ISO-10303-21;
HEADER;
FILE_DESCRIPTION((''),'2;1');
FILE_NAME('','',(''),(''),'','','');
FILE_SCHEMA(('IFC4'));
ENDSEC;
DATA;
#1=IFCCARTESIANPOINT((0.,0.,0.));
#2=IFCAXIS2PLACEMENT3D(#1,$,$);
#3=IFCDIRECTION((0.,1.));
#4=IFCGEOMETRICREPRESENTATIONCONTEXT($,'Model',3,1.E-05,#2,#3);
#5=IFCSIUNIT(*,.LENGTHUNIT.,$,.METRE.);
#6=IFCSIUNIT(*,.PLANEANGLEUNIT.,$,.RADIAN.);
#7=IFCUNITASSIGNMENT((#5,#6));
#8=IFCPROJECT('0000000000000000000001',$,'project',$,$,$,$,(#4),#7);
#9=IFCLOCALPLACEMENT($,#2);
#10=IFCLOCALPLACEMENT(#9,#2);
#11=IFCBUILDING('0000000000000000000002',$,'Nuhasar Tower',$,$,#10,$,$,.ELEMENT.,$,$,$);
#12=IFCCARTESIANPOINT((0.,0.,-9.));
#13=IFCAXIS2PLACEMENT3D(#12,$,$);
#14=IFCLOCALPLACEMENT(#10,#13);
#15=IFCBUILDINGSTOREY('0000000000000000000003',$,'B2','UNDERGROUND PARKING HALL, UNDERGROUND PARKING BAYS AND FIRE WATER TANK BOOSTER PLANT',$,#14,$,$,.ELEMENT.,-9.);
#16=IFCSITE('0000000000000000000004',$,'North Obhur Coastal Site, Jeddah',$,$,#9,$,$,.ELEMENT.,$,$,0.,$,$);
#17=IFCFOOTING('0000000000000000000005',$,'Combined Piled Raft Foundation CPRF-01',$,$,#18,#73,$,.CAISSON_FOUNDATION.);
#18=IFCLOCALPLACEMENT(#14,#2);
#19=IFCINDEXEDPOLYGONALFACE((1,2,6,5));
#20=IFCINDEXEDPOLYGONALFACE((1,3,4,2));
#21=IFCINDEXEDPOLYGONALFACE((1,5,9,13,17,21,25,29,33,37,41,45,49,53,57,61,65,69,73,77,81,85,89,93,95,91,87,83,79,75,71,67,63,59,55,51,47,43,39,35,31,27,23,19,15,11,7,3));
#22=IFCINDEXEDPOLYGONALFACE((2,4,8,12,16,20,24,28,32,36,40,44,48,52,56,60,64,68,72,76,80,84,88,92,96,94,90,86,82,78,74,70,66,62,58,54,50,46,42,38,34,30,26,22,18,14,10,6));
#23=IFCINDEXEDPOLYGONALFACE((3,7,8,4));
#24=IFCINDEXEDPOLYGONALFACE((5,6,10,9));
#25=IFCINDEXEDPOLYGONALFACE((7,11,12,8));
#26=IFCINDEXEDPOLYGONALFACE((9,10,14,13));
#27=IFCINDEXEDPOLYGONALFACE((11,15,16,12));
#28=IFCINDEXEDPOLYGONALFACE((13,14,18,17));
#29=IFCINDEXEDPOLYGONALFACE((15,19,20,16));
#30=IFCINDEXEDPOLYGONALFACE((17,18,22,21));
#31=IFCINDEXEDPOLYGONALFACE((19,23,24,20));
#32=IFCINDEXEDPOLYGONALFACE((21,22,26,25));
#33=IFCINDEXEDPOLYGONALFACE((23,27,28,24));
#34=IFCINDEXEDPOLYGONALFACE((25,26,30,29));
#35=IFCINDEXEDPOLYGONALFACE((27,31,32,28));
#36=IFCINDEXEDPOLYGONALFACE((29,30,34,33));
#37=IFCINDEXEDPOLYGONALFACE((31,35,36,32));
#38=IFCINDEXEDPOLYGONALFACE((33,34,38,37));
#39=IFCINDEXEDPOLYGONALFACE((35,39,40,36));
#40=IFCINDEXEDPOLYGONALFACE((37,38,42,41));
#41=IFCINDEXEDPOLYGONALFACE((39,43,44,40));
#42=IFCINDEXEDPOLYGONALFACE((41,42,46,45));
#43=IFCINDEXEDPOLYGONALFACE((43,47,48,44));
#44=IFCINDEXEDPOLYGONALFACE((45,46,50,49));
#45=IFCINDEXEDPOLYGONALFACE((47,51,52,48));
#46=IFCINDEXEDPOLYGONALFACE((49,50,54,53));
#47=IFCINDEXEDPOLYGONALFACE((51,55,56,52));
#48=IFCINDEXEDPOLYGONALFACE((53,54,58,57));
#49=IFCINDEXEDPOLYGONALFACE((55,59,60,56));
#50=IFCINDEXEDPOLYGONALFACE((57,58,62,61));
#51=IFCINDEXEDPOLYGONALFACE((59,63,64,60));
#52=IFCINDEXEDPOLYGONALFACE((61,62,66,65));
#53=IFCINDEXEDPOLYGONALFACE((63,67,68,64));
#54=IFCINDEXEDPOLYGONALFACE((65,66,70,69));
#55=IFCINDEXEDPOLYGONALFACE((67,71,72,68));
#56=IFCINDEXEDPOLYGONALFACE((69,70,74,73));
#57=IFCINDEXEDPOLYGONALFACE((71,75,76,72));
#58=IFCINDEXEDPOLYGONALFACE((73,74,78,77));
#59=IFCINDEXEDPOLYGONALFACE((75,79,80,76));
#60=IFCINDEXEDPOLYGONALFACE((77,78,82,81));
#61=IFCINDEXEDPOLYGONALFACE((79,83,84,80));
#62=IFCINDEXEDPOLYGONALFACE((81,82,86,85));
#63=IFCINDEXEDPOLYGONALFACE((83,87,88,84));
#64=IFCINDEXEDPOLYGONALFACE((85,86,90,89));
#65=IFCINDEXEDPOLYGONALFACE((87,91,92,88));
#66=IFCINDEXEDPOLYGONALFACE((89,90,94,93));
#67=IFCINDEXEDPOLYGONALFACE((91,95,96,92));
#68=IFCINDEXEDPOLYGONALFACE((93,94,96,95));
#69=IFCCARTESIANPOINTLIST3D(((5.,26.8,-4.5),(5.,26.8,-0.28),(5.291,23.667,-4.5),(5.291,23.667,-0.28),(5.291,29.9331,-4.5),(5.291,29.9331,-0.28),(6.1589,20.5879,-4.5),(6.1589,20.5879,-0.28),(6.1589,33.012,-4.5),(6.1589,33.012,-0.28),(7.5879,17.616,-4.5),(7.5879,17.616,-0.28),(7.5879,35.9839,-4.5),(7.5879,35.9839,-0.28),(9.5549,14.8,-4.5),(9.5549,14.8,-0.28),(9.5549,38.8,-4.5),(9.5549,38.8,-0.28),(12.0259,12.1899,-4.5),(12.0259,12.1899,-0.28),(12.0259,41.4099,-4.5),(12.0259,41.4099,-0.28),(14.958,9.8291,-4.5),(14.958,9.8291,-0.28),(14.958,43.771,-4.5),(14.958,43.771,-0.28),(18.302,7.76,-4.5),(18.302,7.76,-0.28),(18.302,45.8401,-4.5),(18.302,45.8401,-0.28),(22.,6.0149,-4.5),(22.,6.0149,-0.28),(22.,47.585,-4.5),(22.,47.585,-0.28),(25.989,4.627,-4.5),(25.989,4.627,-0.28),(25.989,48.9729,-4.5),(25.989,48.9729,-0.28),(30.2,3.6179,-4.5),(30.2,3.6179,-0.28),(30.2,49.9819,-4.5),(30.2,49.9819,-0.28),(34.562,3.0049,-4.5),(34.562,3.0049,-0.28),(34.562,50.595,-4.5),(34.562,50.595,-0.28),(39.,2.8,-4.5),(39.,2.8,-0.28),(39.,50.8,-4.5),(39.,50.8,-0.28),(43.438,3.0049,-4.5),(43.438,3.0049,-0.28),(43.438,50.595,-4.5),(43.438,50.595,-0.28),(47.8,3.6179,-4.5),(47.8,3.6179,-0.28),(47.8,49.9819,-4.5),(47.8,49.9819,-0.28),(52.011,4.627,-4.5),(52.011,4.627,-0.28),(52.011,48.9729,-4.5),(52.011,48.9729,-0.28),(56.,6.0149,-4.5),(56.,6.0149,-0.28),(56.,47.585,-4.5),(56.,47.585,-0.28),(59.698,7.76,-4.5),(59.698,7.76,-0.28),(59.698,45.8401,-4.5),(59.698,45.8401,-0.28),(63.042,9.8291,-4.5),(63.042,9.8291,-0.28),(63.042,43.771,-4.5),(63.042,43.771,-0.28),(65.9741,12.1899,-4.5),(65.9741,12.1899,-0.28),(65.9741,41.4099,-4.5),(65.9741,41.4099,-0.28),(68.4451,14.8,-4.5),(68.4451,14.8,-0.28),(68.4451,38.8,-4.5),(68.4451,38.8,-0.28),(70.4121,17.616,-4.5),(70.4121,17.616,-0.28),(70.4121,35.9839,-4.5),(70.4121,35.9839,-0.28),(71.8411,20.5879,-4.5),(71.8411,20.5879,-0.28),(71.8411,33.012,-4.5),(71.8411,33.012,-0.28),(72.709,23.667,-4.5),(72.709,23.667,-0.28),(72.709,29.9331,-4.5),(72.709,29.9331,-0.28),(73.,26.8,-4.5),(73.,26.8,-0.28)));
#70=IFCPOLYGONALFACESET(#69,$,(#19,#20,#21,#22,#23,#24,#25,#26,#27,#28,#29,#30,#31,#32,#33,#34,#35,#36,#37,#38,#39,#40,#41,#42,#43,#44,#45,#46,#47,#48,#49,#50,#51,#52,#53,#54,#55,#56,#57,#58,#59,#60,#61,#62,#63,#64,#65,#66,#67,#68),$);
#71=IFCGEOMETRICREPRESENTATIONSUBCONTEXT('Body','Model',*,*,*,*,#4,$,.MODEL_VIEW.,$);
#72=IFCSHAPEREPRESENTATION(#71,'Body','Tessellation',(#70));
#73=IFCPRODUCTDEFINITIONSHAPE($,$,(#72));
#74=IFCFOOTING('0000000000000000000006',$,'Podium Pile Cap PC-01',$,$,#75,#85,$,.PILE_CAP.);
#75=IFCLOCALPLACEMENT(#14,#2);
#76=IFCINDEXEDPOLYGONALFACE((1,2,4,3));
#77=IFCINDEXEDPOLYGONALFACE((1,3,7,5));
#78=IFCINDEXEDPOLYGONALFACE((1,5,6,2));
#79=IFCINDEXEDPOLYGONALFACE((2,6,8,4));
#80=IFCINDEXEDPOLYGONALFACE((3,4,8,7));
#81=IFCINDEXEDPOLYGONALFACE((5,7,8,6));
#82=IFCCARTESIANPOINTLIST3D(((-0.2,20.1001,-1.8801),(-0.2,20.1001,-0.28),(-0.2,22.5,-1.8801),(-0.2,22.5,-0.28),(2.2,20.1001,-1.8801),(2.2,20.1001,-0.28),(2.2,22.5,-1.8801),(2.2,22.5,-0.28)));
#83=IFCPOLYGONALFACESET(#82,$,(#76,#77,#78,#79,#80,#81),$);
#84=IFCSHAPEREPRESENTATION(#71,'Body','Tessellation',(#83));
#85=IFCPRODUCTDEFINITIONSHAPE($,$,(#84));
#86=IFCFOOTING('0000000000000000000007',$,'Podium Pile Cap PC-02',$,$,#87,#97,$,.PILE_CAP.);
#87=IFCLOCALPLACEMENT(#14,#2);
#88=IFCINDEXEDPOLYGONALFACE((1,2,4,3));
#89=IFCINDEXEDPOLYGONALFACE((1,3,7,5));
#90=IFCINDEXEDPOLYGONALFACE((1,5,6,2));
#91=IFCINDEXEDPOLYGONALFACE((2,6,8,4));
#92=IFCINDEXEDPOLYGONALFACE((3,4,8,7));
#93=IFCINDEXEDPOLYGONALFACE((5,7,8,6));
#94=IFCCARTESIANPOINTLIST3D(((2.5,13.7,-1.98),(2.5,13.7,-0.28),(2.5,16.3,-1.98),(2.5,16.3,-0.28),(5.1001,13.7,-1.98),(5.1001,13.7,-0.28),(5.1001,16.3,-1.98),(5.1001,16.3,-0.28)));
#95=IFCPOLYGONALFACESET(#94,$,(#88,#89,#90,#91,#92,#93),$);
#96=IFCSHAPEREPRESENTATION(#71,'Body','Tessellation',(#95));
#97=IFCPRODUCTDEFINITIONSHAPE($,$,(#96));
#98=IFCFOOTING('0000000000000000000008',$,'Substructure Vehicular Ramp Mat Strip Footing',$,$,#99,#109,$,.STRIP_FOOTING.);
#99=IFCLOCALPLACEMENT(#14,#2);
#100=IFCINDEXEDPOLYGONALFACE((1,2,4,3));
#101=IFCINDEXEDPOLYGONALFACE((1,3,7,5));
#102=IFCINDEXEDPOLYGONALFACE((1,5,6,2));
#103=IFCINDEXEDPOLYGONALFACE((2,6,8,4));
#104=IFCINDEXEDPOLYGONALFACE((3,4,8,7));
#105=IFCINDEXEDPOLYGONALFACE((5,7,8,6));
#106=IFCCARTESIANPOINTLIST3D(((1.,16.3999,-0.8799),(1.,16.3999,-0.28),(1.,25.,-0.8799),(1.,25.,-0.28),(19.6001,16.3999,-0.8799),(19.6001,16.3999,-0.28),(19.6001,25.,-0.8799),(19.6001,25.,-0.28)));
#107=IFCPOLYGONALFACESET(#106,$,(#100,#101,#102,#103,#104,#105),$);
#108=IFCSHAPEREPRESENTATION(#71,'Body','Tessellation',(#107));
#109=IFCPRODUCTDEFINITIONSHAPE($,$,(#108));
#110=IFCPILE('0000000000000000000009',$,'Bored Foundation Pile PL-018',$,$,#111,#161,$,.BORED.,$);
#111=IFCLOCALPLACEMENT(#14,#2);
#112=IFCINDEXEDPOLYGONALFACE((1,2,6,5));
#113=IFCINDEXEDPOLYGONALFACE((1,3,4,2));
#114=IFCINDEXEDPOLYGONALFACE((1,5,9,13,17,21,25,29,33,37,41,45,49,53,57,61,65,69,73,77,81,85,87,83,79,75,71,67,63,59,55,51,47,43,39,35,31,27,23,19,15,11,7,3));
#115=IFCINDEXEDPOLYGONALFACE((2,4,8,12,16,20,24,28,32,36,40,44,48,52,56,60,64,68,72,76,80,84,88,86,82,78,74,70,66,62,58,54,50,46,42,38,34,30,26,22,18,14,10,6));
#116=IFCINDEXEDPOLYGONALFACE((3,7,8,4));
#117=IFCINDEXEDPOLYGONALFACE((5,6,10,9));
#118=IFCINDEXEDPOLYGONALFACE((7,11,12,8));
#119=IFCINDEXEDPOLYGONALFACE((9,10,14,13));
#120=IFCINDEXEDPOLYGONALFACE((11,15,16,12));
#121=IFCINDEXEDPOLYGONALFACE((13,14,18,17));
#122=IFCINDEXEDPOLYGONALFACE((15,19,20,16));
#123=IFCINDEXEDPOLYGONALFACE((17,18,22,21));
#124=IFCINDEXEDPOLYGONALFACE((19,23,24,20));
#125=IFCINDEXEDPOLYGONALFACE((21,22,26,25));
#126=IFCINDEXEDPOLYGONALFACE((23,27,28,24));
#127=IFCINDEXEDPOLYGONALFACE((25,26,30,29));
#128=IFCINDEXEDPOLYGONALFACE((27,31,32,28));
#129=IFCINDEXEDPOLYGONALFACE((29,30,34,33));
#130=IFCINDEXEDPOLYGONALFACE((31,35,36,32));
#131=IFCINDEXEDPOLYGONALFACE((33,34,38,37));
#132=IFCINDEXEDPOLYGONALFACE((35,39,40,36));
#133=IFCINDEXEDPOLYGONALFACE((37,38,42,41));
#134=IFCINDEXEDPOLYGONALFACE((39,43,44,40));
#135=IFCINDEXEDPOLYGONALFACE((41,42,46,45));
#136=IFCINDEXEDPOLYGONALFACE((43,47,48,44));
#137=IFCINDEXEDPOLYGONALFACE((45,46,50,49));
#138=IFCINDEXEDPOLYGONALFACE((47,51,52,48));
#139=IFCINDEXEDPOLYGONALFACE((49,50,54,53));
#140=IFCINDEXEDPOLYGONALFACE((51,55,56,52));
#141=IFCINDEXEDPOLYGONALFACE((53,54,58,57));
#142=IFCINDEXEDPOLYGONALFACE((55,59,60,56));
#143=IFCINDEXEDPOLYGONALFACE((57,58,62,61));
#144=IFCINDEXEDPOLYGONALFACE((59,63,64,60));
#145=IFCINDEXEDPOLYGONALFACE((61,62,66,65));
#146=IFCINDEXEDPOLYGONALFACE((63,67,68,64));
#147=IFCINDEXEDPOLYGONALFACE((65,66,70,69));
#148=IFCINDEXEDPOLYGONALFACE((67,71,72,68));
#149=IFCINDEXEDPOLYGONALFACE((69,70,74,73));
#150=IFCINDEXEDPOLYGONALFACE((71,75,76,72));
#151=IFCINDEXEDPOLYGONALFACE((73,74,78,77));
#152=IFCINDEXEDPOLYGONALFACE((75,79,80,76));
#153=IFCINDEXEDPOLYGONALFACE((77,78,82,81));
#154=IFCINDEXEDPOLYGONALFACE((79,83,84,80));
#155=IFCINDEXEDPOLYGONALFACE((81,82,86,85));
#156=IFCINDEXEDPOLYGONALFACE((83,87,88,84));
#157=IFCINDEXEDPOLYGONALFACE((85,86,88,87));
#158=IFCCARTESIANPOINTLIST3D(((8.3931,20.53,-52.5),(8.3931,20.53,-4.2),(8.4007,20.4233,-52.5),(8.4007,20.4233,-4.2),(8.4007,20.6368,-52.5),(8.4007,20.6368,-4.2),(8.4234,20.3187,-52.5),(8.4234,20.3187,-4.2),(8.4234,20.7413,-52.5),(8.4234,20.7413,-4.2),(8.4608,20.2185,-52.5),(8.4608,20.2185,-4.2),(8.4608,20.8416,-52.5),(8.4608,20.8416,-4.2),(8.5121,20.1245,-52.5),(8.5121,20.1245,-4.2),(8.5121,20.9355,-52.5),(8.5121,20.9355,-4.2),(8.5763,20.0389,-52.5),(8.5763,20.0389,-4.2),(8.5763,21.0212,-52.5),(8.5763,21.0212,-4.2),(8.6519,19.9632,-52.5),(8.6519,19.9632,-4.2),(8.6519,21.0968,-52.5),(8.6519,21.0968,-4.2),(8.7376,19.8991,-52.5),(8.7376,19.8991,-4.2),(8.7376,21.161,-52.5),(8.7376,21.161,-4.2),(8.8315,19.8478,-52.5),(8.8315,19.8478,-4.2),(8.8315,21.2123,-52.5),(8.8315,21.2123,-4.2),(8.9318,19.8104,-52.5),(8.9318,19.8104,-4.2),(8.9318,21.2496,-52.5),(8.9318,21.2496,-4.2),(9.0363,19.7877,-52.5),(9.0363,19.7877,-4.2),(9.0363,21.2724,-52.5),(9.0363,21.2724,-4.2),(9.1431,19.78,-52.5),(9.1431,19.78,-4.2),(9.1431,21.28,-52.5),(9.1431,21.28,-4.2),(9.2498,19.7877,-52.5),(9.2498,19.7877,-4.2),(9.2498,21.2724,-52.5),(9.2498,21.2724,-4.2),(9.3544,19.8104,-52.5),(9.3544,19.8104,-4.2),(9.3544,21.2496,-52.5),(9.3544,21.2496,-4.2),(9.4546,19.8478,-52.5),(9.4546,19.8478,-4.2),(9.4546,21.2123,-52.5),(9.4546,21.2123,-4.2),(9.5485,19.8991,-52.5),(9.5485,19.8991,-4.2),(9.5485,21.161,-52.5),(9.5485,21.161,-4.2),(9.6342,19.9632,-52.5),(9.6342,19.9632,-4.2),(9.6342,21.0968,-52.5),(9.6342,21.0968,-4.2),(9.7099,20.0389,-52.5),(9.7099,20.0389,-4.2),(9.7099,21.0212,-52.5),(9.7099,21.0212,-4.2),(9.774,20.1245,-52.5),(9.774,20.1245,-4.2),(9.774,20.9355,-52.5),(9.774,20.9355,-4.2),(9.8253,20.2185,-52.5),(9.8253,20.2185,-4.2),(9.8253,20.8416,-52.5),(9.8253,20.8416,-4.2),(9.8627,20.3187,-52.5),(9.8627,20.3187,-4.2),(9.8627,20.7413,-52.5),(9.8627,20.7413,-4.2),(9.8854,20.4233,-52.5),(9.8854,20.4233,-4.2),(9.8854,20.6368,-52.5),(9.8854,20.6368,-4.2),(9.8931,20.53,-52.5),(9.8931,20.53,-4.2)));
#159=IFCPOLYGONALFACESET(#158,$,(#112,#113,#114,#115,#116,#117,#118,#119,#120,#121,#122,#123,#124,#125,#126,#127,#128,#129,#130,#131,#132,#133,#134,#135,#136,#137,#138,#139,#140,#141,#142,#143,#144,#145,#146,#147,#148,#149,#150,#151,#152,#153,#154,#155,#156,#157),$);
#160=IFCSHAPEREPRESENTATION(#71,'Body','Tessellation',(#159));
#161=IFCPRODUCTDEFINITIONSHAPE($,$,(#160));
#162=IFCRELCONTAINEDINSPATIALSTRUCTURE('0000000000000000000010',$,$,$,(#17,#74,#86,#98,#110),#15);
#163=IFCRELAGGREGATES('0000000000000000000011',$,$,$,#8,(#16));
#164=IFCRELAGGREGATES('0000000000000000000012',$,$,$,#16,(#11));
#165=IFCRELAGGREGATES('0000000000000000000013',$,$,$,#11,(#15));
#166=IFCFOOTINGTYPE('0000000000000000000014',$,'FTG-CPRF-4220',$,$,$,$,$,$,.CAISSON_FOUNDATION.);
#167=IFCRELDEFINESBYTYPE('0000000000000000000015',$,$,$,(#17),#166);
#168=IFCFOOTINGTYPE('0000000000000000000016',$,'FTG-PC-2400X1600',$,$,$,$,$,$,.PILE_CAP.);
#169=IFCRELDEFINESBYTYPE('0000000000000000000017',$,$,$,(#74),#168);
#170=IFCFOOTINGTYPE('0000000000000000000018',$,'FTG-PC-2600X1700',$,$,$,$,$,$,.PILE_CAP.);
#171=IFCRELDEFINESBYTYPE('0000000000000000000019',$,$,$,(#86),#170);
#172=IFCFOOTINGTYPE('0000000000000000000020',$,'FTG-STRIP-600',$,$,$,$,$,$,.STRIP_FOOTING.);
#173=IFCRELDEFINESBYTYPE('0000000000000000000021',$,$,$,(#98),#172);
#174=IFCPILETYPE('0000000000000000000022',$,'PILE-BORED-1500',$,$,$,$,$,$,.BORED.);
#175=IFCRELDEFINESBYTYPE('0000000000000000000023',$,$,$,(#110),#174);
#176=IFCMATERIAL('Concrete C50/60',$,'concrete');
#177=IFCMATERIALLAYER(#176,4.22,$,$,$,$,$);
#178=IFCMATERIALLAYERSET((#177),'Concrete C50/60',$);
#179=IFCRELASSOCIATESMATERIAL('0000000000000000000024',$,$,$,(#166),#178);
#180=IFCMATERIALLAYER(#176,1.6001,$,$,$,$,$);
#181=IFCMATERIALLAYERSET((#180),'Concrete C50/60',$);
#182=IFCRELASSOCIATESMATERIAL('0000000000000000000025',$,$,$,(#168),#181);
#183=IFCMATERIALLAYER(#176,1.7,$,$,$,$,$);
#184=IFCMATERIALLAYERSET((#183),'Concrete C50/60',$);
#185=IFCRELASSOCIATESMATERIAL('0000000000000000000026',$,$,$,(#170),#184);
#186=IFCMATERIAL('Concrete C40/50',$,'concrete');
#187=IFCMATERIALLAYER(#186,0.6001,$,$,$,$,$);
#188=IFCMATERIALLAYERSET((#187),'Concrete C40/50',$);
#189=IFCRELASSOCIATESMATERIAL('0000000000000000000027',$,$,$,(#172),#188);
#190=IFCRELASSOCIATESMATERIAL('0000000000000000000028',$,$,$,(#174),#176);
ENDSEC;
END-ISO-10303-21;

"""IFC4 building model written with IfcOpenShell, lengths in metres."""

from ifc_helpers import new_model, si_unit, direction, frame, origin, origin_2d, place, context, subcontext, project, spatial, polyline, rectangle, circle, outline, extrude, material, layer, layer_set, material_profile, profile_set, type_object, element, save


model = new_model("IFC4")

# Units and contexts
model_context = context("Model", 3, precision=1e-05, world=origin(), true_north=direction((0.0, 1.0)))
body_context = subcontext(model_context, "Body", "Model", "MODEL_VIEW")
ifc_project = project(units=[si_unit("LENGTHUNIT", "METRE"), si_unit("PLANEANGLEUNIT", "RADIAN")], contexts=[model_context])

# Site, building, storey
site_placement = place(None, origin())
site = spatial("IfcSite", under=ifc_project, at=site_placement, Name="North Obhur Coastal Site, Jeddah", CompositionType="ELEMENT", RefElevation=0.0)
building_placement = place(site_placement, origin())
building = spatial("IfcBuilding", under=site, at=building_placement, Name="Nuhasar Tower", CompositionType="ELEMENT")
storey_placement = place(building_placement, frame((0.0, 0.0, -9.0)))
storey = spatial("IfcBuildingStorey", under=building, at=storey_placement, Name="B2", Description="UNDERGROUND PARKING HALL, UNDERGROUND PARKING BAYS AND FIRE WATER TANK BOOSTER PLANT", CompositionType="ELEMENT", Elevation=-9.0)

# Footings
ifc_material_1 = material(Name="Concrete C50/60", Category="concrete")
ifc_layer_1 = layer(ifc_material_1, 4.22)
ifc_layer_set_1 = layer_set([ifc_layer_1], Name="Concrete C50/60")
footing_type_1 = type_object("IfcFootingType", Name="FTG-CPRF-4220", PredefinedType="CAISSON_FOUNDATION", material=ifc_layer_set_1)
footing_1_placement = place(storey_placement, frame((0.0, 0.0, -4.5)))
element("IfcFooting", 1, at=footing_1_placement, inside=storey, type_object=footing_type_1, Name="Combined Piled Raft Foundation CPRF-01", PredefinedType="CAISSON_FOUNDATION", context=body_context, shape_type="SweptSolid", body=[
    extrude(outline(polyline([(73.0, 26.8), (72.709, 29.9331), (71.8411, 33.012), (70.4121, 35.9839), (68.4451, 38.8), (65.9741, 41.4099), (63.042, 43.771), (59.698, 45.8401), (56.0, 47.585), (52.011, 48.9729), (47.8, 49.9819), (43.438, 50.595), (39.0, 50.8), (34.562, 50.595), (30.2, 49.9819), (25.989, 48.9729), (22.0, 47.585), (18.302, 45.8401), (14.958, 43.771), (12.0259, 41.4099), (9.5549, 38.8), (7.5879, 35.9839), (6.1589, 33.012), (5.291, 29.9331), (5.0, 26.8), (5.291, 23.667), (6.1589, 20.5879), (7.5879, 17.616), (9.5549, 14.8), (12.0259, 12.1899), (14.958, 9.8291), (18.302, 7.76), (22.0, 6.0149), (25.989, 4.627), (30.2, 3.6179), (34.562, 3.0049), (39.0, 2.8), (43.438, 3.0049), (47.8, 3.6179), (52.011, 4.627), (56.0, 6.0149), (59.698, 7.76), (63.042, 9.8291), (65.9741, 12.1899), (68.4451, 14.8), (70.4121, 17.616), (71.8411, 20.5879), (72.709, 23.667), (73.0, 26.8)])), origin(), (0.0, 0.0, 1.0), 4.22),
])
ifc_layer_2 = layer(ifc_material_1, 1.6001)
ifc_layer_set_2 = layer_set([ifc_layer_2], Name="Concrete C50/60")
footing_type_2 = type_object("IfcFootingType", Name="FTG-PC-2400X1600", PredefinedType="PILE_CAP", material=ifc_layer_set_2)
footing_2_placement = place(storey_placement, frame((1.0, 21.3, -1.8801), z_axis=(0.0, 0.0, 1.0), x_axis=(1.0, 0.0, 0.0)))
element("IfcFooting", 2, at=footing_2_placement, inside=storey, type_object=footing_type_2, Name="Podium Pile Cap PC-01", PredefinedType="PILE_CAP", context=body_context, shape_type="SweptSolid", body=[
    extrude(rectangle(XDim=2.3999, YDim=2.3999, at=origin_2d()), origin(), (0.0, 0.0, 1.0), 1.6001),
])
ifc_layer_3 = layer(ifc_material_1, 1.7)
ifc_layer_set_3 = layer_set([ifc_layer_3], Name="Concrete C50/60")
footing_type_3 = type_object("IfcFootingType", Name="FTG-PC-2600X1700", PredefinedType="PILE_CAP", material=ifc_layer_set_3)
footing_3_placement = place(storey_placement, frame((3.8, 15.0, -1.98), z_axis=(0.0, 0.0, 1.0), x_axis=(1.0, 0.0, 0.0)))
element("IfcFooting", 3, at=footing_3_placement, inside=storey, type_object=footing_type_3, Name="Podium Pile Cap PC-02", PredefinedType="PILE_CAP", context=body_context, shape_type="SweptSolid", body=[
    extrude(rectangle(XDim=2.6001, YDim=2.6001, at=origin_2d()), origin(), (0.0, 0.0, 1.0), 1.7),
])
ifc_material_2 = material(Name="Concrete C40/50", Category="concrete")
ifc_layer_4 = layer(ifc_material_2, 0.6001)
ifc_layer_set_4 = layer_set([ifc_layer_4], Name="Concrete C40/50")
footing_type_4 = type_object("IfcFootingType", Name="FTG-STRIP-600", PredefinedType="STRIP_FOOTING", material=ifc_layer_set_4)
footing_4_placement = place(storey_placement, frame((0.0, 0.0, -0.8799)))
element("IfcFooting", 4, at=footing_4_placement, inside=storey, type_object=footing_type_4, Name="Substructure Vehicular Ramp Mat Strip Footing", PredefinedType="STRIP_FOOTING", context=body_context, shape_type="SweptSolid", body=[
    extrude(outline(polyline([(1.0, 16.3999), (19.6001, 16.3999), (19.6001, 25.0), (1.0, 25.0), (1.0, 16.3999)])), origin(), (0.0, 0.0, 1.0), 0.5999),
])

# Pile
ifc_material_profile_1 = material_profile(ifc_material_1, circle(Radius=0.75, at=origin_2d()), Name="PILE1500")
ifc_profile_set_1 = profile_set([ifc_material_profile_1], Name="Concrete C50/60")
pile_type_1 = type_object("IfcPileType", Name="PILE-BORED-1500", PredefinedType="BORED", material=ifc_profile_set_1)
for number, where, z_axis, x_axis, name in (
    (5, (9.1431, 20.53, -4.2), (0.0, 0.0, -1.0), (1.0, 0.0, 0.0), "Bored Foundation Pile PL-018"),
):
    element("IfcPile", number, at=place(storey_placement, frame(where, z_axis=z_axis, x_axis=x_axis)), inside=storey, type_object=pile_type_1, Name=name, PredefinedType="BORED", context=body_context, shape_type="SweptSolid", body=[
        extrude(circle(Radius=0.75, at=origin_2d()), origin(), (0.0, 0.0, 1.0), 48.3),
    ])

save(model, "model.ifc")
